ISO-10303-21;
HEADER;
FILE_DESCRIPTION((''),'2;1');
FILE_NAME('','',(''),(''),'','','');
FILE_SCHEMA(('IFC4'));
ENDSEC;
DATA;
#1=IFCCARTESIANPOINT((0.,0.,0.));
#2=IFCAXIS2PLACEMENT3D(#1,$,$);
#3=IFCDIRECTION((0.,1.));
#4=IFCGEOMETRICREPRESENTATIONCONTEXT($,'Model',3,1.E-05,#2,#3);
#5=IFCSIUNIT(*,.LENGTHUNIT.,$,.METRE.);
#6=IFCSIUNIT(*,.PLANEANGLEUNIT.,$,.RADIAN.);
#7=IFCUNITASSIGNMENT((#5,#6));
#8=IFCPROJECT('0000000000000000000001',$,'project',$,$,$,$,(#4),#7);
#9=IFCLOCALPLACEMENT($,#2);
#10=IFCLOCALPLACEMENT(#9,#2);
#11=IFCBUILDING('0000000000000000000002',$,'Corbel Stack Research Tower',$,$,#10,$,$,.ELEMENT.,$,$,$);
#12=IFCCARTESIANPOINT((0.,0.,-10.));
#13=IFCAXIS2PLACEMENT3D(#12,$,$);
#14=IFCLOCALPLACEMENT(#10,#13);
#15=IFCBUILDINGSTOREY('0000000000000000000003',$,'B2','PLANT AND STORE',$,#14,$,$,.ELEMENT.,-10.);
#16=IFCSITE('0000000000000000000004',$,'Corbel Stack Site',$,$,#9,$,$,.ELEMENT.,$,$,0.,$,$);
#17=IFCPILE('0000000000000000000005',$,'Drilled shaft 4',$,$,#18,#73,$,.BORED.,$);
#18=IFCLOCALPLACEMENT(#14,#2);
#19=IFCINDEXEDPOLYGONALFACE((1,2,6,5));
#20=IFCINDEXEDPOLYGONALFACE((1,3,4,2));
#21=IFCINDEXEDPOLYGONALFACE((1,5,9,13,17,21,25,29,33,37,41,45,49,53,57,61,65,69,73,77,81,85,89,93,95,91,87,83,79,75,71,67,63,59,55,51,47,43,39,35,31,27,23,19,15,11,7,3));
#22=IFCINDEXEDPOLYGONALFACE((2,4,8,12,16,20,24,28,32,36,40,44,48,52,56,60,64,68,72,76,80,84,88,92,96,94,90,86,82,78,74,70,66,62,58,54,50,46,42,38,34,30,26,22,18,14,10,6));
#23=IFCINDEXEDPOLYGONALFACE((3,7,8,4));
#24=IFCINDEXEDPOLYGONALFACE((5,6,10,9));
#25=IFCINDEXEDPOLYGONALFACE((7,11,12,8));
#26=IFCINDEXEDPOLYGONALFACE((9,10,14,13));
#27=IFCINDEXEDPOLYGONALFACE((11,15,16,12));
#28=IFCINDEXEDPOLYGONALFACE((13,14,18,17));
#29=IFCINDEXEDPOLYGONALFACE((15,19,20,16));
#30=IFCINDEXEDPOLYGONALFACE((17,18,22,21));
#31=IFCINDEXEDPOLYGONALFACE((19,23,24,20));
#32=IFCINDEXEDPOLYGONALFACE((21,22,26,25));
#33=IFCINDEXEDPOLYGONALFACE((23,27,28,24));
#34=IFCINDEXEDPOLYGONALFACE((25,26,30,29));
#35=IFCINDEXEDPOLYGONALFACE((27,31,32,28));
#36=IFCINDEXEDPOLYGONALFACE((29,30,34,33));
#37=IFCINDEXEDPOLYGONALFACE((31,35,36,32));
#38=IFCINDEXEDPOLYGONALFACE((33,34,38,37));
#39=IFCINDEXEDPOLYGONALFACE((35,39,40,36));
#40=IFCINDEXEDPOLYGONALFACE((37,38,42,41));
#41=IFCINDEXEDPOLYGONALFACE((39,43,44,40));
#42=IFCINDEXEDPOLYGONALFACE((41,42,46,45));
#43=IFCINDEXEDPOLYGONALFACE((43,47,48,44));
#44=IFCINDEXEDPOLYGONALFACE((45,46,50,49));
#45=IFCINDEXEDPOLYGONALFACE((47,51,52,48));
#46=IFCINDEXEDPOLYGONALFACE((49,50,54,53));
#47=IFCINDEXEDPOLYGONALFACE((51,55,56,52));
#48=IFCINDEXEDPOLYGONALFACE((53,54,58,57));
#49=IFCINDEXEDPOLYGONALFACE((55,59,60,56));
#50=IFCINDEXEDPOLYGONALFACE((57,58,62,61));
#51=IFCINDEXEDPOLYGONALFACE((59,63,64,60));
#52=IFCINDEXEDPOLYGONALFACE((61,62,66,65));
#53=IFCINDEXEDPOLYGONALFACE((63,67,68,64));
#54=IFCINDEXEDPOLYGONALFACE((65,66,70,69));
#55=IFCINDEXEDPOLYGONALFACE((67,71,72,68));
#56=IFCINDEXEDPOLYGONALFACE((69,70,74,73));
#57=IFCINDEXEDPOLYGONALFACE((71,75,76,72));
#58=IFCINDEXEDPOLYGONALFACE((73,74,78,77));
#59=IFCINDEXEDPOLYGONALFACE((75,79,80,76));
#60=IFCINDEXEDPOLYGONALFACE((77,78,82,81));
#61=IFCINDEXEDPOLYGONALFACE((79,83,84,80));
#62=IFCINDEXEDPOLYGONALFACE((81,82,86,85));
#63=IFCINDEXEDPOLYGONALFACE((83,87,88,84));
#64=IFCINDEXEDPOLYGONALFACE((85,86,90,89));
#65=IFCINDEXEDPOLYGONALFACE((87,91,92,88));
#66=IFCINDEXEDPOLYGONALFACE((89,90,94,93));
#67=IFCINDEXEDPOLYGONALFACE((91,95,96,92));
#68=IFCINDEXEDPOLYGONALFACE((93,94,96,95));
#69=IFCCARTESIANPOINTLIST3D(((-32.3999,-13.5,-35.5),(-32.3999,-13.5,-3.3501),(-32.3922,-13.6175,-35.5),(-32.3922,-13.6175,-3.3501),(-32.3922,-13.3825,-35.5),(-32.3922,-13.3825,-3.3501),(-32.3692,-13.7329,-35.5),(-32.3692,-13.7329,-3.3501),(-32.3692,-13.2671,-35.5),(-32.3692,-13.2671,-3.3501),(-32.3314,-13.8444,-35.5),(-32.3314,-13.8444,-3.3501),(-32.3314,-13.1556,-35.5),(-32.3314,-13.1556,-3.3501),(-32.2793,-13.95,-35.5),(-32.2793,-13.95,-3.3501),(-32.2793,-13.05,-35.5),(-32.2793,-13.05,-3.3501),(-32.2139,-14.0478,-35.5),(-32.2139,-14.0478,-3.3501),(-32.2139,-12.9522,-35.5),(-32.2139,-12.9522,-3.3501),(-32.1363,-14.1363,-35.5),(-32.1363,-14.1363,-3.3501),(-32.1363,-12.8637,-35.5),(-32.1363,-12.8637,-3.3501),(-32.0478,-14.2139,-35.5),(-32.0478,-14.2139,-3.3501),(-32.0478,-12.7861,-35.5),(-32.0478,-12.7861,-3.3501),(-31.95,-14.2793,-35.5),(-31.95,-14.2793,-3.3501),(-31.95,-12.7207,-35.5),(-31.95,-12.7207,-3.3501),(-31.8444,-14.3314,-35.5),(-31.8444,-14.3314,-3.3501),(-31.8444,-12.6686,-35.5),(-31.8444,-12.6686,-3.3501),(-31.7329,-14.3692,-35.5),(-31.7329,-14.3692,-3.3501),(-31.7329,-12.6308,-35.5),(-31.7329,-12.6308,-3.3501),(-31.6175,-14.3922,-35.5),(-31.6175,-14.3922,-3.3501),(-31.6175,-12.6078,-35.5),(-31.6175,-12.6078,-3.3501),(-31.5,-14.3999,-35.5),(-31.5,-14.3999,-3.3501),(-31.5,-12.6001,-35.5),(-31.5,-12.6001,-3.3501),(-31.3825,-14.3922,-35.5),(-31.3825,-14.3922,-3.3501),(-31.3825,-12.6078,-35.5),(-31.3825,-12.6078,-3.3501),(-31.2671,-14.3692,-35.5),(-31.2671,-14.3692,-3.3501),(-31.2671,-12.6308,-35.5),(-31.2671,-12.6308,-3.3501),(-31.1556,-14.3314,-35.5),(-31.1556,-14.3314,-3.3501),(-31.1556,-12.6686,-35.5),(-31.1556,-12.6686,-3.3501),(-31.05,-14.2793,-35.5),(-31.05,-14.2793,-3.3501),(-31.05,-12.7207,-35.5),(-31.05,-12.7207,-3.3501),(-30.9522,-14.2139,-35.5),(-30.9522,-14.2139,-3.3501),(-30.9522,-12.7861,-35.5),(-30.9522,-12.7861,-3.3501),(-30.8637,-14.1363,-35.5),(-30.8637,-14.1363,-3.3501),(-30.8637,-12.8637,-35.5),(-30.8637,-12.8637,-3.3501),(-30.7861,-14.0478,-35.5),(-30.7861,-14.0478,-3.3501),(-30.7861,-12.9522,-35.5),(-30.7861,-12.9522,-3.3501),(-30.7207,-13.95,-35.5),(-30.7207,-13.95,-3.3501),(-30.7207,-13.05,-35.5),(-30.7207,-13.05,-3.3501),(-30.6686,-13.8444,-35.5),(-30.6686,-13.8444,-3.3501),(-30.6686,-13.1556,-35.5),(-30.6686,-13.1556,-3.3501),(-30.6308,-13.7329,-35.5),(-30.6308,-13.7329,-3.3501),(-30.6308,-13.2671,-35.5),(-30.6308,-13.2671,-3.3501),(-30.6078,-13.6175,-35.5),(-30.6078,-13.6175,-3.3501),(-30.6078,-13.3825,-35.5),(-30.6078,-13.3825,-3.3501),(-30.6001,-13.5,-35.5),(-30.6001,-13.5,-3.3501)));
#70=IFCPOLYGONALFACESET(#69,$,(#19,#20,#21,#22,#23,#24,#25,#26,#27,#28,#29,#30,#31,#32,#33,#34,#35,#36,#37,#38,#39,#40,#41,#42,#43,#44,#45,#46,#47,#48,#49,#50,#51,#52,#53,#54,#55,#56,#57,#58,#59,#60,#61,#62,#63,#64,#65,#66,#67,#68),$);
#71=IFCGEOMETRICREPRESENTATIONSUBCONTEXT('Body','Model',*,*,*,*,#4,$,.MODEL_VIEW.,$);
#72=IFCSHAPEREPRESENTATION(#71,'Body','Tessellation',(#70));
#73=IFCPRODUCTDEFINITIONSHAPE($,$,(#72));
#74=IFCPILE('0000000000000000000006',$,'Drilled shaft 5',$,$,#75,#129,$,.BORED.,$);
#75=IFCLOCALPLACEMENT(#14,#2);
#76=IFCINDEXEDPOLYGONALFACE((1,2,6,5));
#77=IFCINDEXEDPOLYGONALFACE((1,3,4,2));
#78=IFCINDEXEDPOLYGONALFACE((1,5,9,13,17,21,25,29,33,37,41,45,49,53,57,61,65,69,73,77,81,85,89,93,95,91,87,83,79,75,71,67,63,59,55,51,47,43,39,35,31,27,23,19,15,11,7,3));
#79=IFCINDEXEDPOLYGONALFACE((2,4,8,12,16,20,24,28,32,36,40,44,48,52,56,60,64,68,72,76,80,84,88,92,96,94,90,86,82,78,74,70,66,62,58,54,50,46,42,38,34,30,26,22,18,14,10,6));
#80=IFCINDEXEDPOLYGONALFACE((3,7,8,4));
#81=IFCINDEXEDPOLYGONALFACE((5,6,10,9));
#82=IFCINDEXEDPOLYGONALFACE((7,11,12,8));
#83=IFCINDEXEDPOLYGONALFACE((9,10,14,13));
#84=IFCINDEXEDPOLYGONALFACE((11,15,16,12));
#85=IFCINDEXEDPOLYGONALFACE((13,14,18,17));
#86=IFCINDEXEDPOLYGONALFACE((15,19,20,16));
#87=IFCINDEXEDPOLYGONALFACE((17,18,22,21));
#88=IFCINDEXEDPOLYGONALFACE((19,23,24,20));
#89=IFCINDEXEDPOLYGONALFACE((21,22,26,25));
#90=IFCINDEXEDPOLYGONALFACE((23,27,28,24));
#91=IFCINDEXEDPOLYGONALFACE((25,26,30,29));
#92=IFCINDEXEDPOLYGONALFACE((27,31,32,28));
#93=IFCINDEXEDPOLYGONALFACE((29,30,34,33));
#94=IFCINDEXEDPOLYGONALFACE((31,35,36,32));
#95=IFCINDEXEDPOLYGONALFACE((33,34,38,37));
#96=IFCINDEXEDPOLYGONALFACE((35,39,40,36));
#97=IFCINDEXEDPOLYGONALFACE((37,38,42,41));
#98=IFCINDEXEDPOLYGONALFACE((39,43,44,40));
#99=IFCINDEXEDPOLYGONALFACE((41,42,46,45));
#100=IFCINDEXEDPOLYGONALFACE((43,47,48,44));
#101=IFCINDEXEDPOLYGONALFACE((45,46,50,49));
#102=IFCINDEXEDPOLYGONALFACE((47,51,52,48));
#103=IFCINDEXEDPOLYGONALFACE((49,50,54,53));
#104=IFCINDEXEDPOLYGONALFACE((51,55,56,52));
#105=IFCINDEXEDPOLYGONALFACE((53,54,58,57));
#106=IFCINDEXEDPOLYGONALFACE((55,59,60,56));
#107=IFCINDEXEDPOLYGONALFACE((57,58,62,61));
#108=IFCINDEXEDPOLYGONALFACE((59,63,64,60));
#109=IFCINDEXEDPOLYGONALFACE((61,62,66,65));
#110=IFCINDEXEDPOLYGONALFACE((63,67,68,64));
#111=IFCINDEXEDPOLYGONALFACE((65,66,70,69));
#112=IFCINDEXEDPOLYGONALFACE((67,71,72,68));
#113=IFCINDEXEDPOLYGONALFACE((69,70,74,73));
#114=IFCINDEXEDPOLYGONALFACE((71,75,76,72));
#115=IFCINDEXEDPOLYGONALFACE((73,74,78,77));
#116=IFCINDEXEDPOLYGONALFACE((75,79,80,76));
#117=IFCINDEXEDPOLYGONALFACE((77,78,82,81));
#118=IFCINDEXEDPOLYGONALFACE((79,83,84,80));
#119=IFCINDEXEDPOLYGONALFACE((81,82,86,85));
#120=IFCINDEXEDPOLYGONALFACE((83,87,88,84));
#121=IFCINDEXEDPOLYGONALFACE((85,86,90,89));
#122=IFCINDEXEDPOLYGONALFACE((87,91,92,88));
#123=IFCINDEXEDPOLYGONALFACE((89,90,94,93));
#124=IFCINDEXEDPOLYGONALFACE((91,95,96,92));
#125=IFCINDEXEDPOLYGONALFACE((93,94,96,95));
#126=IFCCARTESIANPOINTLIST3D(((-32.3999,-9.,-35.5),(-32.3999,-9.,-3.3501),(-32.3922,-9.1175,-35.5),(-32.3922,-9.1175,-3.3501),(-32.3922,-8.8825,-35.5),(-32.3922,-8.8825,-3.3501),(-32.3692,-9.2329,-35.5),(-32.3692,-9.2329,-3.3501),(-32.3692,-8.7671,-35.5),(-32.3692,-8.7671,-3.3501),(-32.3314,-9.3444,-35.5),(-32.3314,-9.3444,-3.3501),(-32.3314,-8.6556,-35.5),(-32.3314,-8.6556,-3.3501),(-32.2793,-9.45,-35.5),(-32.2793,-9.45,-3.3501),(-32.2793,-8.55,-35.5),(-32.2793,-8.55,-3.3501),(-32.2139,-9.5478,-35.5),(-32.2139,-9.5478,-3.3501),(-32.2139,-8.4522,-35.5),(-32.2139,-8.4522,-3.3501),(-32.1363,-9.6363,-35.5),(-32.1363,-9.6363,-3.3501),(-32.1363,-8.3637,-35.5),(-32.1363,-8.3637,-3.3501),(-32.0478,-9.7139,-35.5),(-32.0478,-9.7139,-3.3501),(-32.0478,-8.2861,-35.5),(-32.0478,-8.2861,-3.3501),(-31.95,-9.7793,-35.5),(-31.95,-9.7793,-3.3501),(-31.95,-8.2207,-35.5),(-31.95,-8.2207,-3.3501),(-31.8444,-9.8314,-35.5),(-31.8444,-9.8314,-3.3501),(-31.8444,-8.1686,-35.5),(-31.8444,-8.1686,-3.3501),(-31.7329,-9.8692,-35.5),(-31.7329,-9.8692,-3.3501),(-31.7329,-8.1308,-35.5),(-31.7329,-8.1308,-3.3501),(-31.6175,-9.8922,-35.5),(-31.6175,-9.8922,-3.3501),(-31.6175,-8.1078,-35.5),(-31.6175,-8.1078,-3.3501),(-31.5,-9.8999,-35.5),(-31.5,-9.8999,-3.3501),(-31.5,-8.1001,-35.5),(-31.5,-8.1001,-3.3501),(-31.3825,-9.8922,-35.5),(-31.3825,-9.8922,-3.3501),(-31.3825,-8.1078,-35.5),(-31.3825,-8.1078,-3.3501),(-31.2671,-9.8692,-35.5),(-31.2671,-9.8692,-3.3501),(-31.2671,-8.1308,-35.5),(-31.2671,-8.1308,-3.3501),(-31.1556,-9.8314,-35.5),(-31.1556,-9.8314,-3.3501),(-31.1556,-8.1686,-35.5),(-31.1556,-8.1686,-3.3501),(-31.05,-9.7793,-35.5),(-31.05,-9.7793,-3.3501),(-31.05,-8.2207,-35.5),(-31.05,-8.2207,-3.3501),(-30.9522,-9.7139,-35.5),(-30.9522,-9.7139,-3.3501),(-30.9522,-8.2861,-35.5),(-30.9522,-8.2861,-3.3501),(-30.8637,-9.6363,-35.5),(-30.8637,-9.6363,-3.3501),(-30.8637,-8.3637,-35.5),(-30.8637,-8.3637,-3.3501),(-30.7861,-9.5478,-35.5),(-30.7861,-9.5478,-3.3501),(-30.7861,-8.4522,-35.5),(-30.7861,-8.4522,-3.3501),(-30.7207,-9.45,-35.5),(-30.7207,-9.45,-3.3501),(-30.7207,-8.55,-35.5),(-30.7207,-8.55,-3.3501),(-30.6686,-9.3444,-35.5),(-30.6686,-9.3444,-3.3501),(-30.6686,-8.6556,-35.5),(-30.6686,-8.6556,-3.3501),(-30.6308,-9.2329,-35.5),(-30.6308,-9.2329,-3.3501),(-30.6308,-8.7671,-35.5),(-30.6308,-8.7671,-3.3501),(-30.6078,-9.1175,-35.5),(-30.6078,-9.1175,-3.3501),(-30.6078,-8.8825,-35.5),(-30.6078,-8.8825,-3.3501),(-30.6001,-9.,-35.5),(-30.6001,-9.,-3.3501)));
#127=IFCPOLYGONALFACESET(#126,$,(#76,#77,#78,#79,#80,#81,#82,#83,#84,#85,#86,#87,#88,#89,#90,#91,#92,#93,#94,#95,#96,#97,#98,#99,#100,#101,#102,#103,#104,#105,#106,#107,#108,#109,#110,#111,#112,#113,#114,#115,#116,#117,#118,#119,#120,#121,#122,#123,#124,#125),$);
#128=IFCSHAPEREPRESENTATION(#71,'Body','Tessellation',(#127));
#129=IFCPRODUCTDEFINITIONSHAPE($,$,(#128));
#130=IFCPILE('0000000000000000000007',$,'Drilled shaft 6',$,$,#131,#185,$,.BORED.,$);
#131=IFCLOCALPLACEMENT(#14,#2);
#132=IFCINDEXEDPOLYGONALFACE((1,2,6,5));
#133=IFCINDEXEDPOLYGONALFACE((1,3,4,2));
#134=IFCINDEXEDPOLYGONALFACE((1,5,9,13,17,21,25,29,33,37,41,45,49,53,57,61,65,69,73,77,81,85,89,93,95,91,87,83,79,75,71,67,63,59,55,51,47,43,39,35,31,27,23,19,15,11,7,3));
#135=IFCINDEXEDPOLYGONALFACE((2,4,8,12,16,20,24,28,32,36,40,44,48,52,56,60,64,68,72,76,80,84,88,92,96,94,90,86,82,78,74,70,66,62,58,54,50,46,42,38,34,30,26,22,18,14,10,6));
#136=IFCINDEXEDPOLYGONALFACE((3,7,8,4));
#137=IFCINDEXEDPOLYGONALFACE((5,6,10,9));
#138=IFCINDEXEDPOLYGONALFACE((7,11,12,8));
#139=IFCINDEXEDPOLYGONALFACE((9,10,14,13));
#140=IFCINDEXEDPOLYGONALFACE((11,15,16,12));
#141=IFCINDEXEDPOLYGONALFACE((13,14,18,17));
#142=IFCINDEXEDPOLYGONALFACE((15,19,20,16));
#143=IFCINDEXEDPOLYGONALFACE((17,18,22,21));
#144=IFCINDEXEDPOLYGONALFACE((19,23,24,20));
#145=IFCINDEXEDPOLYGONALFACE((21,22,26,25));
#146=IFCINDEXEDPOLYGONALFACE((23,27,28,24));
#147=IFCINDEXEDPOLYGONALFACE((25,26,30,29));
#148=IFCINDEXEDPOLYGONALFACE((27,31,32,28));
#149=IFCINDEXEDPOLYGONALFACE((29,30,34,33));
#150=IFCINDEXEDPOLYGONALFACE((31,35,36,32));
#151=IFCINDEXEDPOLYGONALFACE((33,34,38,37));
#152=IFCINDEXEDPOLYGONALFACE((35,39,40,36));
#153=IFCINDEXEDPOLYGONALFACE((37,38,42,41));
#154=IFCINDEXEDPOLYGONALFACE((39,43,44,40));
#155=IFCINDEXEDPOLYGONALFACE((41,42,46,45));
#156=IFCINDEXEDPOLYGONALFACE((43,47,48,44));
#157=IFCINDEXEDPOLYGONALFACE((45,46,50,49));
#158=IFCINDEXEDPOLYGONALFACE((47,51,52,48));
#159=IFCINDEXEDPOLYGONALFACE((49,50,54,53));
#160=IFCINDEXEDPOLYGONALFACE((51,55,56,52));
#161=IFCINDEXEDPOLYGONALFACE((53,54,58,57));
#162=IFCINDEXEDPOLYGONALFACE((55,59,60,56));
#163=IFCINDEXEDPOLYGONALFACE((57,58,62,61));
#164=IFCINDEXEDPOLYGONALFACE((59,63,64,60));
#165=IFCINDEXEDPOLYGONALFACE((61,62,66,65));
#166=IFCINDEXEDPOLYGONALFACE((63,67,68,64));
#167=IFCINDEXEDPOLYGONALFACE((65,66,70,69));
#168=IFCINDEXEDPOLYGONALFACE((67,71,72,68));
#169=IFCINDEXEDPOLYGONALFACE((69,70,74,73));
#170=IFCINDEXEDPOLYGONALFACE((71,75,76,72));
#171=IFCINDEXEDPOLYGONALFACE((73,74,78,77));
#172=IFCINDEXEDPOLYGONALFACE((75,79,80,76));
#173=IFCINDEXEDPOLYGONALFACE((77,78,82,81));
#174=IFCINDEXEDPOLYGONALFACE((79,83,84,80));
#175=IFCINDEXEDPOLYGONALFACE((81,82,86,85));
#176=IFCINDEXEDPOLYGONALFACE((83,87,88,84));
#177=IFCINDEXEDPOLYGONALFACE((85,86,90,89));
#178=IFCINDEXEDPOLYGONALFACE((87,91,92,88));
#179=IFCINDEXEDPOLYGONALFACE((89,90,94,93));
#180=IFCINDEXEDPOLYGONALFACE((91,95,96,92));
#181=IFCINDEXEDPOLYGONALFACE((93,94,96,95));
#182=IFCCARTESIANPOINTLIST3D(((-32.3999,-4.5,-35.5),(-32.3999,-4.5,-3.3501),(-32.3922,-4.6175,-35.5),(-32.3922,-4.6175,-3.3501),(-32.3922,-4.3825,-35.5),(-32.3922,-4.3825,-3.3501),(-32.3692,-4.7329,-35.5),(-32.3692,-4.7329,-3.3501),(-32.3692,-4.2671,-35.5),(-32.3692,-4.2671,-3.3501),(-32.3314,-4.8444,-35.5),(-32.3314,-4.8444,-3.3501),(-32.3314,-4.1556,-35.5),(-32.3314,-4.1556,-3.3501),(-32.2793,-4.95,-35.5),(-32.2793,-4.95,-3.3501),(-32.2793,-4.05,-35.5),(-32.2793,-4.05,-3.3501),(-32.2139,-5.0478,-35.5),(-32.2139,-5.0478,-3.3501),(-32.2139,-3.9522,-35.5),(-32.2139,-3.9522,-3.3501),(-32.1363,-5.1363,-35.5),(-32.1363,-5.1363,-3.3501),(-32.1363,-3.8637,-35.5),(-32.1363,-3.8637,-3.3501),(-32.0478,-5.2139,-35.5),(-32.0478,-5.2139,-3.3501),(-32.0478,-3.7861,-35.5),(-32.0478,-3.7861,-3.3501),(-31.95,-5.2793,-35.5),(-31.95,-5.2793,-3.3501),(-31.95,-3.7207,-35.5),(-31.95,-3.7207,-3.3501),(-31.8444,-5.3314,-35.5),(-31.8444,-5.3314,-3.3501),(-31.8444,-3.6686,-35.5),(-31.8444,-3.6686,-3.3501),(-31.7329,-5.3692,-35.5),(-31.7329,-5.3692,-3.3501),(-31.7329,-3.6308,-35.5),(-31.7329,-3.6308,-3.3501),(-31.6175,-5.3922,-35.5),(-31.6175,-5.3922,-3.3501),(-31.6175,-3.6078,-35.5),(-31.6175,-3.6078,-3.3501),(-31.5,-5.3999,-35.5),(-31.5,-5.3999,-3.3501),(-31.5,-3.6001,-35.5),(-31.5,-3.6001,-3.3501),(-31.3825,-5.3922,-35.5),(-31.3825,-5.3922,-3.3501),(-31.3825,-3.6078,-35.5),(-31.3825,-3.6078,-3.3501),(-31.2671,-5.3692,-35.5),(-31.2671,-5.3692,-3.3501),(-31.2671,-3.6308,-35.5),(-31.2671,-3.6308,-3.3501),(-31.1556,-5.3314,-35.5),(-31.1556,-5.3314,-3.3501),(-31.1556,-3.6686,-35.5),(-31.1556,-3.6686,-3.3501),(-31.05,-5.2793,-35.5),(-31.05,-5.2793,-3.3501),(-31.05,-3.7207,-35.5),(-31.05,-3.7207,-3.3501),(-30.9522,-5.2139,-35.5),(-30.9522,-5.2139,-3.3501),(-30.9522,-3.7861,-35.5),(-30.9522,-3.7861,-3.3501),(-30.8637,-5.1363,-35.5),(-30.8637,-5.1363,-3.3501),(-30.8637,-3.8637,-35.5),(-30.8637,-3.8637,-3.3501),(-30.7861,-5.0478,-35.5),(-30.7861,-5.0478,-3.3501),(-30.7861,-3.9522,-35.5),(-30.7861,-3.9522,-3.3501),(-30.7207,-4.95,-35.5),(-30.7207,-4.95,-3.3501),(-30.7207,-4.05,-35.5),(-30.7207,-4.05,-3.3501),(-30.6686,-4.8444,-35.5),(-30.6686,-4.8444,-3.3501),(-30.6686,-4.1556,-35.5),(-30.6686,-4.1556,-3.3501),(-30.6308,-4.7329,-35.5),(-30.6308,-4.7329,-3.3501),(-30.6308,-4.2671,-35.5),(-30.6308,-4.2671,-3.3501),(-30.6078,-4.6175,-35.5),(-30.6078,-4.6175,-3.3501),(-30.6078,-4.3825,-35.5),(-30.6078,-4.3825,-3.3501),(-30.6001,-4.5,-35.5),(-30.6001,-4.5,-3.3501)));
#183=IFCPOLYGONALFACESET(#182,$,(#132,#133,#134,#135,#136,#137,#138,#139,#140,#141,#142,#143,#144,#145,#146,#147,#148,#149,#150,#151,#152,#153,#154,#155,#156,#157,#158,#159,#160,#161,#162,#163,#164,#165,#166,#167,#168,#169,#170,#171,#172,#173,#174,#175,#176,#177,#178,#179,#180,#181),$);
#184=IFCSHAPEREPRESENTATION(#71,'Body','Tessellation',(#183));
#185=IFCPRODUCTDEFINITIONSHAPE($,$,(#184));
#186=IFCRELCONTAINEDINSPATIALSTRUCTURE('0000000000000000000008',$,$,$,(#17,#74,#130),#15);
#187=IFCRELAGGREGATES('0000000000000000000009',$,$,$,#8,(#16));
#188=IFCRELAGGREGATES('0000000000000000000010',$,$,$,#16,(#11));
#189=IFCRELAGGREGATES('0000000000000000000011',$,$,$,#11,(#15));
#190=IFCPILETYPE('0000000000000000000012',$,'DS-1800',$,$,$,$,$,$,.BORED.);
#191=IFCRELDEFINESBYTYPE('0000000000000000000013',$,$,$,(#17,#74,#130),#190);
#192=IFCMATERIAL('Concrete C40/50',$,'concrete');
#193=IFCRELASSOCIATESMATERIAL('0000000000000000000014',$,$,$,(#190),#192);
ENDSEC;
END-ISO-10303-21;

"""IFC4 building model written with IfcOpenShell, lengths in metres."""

from ifc_helpers import new_model, si_unit, direction, frame, origin, origin_2d, place, context, subcontext, project, spatial, circle, extrude, material, material_profile, profile_set, type_object, element, save


model = new_model("IFC4")

# Units and contexts
model_context = context("Model", 3, precision=1e-05, world=origin(), true_north=direction((0.0, 1.0)))
body_context = subcontext(model_context, "Body", "Model", "MODEL_VIEW")
ifc_project = project(units=[si_unit("LENGTHUNIT", "METRE"), si_unit("PLANEANGLEUNIT", "RADIAN")], contexts=[model_context])

# Site, building, storey
site_placement = place(None, origin())
site = spatial("IfcSite", under=ifc_project, at=site_placement, Name="Corbel Stack Site", CompositionType="ELEMENT", RefElevation=0.0)
building_placement = place(site_placement, origin())
building = spatial("IfcBuilding", under=site, at=building_placement, Name="Corbel Stack Research Tower", CompositionType="ELEMENT")
storey_placement = place(building_placement, frame((0.0, 0.0, -10.0)))
storey = spatial("IfcBuildingStorey", under=building, at=storey_placement, Name="B2", Description="PLANT AND STORE", CompositionType="ELEMENT", Elevation=-10.0)

# Piles
ifc_material_1 = material(Name="Concrete C40/50", Category="concrete")
ifc_material_profile_1 = material_profile(ifc_material_1, circle(Radius=0.8999, at=origin_2d()), Name="Shaft 1800")
ifc_profile_set_1 = profile_set([ifc_material_profile_1], Name="Concrete C40/50")
pile_type = type_object("IfcPileType", Name="DS-1800", PredefinedType="BORED", material=ifc_profile_set_1)
for number, where, z_axis, x_axis, name in (
    (1, (-31.5, -13.5, -3.3501), (0.0, 0.0, -1.0), (1.0, 0.0, 0.0), "Drilled shaft 4"),
    (2, (-31.5, -9.0, -3.3501), (0.0, 0.0, -1.0), (1.0, 0.0, 0.0), "Drilled shaft 5"),
    (3, (-31.5, -4.5, -3.3501), (0.0, 0.0, -1.0), (1.0, 0.0, 0.0), "Drilled shaft 6"),
):
    element("IfcPile", number, at=place(storey_placement, frame(where, z_axis=z_axis, x_axis=x_axis)), inside=storey, type_object=pile_type, Name=name, PredefinedType="BORED", context=body_context, shape_type="SweptSolid", body=[
        extrude(circle(Radius=0.8999, at=origin_2d()), origin(), (0.0, 0.0, 1.0), 32.1499),
    ])

save(model, "model.ifc")
